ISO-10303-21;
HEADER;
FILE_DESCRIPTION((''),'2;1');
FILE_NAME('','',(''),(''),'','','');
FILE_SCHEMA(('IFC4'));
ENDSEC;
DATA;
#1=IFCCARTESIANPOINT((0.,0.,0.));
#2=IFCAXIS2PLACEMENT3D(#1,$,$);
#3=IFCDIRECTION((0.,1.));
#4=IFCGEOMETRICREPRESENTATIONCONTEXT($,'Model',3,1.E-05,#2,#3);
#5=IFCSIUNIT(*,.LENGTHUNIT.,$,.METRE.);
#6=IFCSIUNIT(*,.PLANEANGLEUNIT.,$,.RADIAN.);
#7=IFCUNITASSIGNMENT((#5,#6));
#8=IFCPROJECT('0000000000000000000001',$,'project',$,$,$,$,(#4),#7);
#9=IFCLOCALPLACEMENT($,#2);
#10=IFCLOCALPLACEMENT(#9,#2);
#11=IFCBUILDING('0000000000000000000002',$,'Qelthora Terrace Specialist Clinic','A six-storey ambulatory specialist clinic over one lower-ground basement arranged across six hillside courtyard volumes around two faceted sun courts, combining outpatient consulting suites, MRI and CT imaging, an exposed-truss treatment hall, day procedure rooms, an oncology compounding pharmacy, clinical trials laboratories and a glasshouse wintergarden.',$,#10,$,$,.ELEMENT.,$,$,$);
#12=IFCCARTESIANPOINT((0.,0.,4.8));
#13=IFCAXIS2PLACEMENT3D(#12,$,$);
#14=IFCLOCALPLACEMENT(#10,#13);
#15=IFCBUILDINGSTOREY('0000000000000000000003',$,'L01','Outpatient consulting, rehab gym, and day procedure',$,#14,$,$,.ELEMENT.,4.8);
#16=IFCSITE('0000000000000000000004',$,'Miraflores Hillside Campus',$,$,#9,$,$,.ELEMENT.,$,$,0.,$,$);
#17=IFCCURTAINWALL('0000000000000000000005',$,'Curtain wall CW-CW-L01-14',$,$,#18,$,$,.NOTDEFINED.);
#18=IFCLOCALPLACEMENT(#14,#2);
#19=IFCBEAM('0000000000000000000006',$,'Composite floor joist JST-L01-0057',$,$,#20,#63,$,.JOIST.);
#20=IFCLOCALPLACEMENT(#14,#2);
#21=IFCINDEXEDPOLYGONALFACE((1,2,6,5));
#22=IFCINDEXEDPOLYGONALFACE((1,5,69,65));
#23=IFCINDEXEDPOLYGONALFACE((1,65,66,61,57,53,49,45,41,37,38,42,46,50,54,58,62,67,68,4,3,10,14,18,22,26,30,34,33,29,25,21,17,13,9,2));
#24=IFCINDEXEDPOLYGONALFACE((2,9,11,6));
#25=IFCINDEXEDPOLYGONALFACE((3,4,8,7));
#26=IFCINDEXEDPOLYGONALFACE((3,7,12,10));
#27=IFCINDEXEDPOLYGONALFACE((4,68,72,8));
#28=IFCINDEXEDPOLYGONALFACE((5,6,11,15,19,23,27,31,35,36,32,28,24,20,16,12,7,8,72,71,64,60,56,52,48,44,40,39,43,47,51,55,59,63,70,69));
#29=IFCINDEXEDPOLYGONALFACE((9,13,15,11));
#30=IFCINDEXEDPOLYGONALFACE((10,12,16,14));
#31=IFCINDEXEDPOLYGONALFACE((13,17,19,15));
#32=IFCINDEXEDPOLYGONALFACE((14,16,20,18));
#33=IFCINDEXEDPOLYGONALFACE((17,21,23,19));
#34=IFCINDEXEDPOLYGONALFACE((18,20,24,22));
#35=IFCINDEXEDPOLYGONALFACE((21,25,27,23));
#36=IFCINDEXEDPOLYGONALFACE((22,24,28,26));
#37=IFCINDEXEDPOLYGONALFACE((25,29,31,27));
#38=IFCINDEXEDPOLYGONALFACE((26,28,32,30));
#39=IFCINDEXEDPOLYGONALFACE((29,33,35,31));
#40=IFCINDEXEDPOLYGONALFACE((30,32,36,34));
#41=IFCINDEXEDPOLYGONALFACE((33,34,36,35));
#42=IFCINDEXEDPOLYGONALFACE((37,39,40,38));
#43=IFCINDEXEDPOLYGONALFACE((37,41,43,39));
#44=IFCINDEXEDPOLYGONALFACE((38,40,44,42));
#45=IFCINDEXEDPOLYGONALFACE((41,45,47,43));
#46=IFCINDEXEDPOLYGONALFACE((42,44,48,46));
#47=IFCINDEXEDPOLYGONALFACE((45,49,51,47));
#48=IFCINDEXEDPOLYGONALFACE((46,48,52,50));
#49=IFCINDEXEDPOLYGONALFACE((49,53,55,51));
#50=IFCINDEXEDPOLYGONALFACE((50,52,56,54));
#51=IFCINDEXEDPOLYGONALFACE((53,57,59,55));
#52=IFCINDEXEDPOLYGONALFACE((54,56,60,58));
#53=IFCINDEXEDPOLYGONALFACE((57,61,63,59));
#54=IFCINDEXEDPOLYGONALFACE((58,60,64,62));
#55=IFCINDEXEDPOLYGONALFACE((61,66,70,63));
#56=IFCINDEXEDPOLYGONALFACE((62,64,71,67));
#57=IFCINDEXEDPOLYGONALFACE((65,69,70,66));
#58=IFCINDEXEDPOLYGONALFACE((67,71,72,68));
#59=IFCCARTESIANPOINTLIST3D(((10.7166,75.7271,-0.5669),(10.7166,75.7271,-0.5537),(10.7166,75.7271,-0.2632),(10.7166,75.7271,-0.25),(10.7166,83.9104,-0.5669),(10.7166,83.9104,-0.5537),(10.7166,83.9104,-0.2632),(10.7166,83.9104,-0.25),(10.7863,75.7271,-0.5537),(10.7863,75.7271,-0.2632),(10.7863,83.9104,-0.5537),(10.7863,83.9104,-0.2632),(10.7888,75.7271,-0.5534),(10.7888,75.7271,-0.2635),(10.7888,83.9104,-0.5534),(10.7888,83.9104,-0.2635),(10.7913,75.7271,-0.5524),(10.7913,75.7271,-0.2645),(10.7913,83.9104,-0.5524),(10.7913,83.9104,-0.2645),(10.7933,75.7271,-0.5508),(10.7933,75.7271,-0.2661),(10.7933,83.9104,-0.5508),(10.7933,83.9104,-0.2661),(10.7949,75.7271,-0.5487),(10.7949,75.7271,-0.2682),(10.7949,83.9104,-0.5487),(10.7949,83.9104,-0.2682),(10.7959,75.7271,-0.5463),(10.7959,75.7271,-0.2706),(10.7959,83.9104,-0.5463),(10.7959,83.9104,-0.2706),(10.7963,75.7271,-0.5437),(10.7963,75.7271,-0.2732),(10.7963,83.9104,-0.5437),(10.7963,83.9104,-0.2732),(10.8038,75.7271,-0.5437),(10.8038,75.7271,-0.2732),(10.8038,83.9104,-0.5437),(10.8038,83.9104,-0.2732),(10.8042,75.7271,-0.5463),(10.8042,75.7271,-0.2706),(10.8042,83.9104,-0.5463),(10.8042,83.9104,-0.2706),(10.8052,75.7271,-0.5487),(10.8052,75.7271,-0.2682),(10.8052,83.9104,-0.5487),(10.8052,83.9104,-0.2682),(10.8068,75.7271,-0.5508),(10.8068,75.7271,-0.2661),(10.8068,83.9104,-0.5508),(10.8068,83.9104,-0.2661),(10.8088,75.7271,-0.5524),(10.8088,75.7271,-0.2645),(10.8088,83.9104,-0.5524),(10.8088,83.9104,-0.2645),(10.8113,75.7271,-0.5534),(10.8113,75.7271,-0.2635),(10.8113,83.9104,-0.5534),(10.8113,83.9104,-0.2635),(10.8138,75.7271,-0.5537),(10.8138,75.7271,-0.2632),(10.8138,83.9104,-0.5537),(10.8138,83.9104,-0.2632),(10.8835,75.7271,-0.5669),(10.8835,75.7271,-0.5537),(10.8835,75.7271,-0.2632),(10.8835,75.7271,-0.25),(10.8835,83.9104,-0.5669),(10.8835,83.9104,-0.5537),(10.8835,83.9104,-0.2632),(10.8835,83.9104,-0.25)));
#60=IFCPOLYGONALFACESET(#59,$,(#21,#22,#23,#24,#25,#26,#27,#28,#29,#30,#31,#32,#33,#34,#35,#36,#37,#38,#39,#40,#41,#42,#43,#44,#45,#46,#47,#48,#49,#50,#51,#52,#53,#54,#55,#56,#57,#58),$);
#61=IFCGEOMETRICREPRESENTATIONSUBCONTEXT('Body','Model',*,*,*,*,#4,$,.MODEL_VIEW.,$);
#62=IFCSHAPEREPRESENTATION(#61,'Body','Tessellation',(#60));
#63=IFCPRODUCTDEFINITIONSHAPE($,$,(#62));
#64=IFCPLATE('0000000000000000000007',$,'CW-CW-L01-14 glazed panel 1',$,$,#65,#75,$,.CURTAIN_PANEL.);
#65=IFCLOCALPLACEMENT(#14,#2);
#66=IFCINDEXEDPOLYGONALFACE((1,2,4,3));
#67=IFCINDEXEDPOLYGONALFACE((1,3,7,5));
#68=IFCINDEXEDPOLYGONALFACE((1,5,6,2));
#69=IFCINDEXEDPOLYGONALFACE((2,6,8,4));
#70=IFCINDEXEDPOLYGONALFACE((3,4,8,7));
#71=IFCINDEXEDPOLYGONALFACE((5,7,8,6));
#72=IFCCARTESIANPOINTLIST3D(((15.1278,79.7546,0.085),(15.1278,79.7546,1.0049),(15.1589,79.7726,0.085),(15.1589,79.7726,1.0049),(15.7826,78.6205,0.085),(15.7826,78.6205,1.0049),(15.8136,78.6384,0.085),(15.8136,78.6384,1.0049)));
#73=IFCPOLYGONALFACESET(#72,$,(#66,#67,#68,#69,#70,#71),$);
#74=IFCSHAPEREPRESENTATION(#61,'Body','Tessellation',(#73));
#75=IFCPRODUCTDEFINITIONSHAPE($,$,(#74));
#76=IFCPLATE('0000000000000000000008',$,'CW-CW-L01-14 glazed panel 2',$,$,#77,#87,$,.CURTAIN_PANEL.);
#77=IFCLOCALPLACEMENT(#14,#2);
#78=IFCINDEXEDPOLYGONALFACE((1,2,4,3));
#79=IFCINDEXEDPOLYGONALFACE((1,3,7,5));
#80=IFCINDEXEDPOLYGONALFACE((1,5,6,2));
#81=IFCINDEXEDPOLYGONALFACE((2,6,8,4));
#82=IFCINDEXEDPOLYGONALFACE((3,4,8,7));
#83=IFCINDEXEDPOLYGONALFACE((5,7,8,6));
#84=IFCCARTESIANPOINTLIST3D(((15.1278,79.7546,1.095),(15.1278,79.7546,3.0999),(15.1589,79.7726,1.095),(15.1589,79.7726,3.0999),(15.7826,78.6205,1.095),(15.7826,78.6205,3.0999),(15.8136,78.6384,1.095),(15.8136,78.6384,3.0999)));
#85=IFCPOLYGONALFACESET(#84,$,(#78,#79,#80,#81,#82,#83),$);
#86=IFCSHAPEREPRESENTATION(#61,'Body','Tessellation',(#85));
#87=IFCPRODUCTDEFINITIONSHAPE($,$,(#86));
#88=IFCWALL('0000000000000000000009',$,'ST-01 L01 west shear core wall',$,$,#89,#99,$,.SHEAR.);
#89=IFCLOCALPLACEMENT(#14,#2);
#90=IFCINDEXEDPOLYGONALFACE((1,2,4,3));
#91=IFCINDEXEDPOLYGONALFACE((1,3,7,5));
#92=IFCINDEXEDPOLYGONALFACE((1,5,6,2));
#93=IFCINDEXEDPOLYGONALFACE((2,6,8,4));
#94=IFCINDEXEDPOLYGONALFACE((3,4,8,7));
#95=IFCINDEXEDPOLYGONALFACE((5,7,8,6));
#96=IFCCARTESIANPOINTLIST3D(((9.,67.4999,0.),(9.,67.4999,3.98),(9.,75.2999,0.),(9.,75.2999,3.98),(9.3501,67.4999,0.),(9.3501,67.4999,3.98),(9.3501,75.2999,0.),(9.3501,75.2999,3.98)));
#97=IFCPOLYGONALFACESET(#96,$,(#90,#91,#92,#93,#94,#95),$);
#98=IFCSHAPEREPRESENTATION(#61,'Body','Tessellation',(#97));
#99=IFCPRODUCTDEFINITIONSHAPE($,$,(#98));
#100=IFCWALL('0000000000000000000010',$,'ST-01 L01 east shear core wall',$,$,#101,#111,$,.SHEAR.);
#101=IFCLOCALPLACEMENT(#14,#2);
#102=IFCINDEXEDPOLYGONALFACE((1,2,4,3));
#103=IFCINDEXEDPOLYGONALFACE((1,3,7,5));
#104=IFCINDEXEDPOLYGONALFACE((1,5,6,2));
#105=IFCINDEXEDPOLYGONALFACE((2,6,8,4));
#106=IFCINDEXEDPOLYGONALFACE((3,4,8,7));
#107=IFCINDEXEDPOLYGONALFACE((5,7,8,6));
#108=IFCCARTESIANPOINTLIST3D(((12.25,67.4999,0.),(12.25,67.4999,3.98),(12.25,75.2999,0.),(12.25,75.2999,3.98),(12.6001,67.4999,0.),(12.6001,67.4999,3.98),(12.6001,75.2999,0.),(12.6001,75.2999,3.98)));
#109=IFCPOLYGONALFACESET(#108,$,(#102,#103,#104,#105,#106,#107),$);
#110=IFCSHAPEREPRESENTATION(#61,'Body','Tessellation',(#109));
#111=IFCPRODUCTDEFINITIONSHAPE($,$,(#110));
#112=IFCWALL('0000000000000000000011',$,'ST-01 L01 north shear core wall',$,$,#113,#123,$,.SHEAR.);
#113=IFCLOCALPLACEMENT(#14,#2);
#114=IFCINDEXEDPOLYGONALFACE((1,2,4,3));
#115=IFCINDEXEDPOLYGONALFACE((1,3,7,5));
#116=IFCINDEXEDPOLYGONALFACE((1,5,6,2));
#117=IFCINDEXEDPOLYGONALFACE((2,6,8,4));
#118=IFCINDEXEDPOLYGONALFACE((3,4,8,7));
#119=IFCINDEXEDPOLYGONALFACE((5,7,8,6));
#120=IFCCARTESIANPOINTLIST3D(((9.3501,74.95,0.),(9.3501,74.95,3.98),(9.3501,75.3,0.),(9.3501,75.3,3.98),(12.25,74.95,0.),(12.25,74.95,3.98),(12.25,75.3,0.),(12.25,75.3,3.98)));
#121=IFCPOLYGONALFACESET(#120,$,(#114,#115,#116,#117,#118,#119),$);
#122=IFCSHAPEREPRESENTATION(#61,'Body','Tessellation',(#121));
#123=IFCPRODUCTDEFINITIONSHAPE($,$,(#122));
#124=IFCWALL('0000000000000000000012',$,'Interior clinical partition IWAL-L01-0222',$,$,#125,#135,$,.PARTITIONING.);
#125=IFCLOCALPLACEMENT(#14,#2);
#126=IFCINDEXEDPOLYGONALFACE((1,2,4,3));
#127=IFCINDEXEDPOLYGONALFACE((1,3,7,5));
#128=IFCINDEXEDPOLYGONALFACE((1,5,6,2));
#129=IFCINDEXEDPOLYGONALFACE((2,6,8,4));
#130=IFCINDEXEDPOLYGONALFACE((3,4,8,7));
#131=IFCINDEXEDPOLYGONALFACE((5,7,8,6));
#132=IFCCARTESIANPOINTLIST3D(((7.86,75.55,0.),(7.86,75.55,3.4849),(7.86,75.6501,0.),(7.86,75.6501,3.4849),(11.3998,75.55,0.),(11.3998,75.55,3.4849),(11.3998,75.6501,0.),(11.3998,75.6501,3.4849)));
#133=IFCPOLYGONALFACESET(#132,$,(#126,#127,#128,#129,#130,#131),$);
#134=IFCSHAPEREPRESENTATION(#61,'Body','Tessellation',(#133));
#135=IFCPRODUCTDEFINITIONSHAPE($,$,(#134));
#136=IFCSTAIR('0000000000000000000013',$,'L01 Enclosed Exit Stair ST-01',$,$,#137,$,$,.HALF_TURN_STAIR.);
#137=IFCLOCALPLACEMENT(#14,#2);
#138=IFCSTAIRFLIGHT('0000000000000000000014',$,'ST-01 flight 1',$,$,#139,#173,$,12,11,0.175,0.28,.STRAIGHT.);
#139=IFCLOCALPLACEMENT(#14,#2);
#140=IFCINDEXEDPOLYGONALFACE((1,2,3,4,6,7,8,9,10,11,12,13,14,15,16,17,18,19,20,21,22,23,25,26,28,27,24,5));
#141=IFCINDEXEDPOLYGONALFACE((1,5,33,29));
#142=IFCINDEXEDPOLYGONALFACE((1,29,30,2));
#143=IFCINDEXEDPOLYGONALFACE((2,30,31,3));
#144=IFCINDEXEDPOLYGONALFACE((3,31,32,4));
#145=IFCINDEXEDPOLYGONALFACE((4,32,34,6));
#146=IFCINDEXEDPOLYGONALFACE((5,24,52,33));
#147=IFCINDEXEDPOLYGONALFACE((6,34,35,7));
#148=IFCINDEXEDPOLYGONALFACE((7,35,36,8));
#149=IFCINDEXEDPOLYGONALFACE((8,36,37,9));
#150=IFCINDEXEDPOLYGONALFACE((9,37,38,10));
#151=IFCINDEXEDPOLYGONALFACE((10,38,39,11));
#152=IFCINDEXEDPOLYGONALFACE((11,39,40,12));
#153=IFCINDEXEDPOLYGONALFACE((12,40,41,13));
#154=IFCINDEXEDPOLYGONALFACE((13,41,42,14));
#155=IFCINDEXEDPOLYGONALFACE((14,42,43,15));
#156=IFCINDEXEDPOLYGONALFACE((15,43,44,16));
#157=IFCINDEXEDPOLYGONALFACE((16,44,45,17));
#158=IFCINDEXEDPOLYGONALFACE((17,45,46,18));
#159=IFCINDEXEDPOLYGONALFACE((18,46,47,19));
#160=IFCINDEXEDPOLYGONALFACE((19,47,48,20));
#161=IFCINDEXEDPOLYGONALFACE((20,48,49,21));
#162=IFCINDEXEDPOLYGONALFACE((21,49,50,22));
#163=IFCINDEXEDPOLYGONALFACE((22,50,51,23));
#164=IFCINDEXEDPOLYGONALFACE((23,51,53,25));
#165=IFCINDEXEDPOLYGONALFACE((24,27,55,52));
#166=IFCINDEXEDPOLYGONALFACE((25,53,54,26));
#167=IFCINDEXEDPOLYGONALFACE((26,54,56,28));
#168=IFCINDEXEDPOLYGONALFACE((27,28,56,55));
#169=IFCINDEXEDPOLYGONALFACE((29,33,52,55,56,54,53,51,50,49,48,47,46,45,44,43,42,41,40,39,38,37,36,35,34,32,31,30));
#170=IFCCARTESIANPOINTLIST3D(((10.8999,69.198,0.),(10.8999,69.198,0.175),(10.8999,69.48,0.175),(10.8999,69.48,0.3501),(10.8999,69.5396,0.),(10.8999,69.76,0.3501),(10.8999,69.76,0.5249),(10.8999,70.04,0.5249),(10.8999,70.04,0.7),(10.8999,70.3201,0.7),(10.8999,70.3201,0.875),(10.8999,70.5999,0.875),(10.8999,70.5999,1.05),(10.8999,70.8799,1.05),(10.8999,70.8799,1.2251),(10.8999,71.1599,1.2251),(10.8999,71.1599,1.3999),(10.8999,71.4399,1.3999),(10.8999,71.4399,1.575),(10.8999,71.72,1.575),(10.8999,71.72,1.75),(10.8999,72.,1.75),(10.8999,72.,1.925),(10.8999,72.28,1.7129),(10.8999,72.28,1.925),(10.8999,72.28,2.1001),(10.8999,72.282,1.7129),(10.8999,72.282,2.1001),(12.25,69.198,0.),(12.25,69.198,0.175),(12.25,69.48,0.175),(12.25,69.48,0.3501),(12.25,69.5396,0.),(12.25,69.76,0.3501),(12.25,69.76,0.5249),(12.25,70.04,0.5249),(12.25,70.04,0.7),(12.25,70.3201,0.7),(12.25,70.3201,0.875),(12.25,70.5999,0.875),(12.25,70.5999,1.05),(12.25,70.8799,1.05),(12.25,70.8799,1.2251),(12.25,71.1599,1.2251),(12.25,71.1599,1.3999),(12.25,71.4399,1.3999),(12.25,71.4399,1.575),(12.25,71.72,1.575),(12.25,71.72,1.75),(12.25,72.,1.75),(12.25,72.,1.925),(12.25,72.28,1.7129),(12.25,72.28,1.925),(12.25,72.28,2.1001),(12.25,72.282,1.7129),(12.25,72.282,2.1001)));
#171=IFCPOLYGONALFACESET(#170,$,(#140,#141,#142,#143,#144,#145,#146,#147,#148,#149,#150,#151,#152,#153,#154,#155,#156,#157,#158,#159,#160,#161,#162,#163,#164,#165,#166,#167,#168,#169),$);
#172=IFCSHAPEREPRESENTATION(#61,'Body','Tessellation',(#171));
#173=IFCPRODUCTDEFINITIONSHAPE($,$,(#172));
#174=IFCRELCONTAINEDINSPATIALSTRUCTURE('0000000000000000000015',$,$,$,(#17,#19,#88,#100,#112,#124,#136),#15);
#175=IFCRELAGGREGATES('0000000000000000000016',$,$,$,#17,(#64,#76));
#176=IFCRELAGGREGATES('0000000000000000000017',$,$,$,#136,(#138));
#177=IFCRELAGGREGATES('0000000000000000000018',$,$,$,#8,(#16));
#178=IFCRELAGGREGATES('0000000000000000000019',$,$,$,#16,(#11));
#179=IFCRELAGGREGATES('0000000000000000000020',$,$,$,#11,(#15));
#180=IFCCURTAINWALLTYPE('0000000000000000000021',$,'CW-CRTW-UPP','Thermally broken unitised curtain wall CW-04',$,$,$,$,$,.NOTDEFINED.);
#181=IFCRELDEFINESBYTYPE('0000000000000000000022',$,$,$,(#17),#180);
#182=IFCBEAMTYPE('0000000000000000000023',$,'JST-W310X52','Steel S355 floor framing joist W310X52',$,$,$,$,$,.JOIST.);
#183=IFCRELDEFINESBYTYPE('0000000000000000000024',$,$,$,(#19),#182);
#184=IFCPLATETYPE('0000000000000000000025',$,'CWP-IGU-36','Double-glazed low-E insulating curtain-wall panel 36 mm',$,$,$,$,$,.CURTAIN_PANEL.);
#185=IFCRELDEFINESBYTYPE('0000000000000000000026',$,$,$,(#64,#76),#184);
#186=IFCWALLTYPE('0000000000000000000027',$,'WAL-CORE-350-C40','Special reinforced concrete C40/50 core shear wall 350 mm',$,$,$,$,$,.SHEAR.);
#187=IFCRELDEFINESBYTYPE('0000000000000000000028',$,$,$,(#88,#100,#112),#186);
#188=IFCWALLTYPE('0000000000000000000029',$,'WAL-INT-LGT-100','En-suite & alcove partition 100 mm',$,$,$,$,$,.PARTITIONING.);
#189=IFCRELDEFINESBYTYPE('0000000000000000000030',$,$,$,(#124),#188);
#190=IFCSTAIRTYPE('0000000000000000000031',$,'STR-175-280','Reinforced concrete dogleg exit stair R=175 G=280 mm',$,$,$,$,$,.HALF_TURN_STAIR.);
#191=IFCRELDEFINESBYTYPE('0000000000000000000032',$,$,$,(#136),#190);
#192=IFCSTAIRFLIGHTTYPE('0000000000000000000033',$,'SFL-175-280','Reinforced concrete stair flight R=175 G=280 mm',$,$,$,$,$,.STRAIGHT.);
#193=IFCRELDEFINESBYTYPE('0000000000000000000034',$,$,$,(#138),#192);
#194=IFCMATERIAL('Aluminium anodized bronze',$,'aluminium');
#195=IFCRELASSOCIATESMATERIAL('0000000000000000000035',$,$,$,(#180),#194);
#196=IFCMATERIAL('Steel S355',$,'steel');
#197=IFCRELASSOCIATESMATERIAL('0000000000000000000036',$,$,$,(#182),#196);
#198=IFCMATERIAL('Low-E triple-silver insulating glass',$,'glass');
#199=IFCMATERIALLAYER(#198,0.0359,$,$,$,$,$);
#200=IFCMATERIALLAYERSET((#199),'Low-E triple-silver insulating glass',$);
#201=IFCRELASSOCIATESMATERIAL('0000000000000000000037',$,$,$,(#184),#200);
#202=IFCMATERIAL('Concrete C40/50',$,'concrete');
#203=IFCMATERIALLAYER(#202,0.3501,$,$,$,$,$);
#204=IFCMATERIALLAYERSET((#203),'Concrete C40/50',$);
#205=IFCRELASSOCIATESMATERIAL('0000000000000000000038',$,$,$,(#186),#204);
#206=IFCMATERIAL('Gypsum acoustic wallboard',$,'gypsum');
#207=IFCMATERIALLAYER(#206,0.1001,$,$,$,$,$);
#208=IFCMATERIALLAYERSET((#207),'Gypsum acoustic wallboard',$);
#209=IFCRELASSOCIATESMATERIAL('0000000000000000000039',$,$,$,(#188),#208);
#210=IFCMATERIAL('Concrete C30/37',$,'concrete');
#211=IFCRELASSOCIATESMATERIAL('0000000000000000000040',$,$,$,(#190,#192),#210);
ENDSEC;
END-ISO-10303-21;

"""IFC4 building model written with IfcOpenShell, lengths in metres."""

from ifc_helpers import new_model, si_unit, direction, frame, frame_2d, origin, origin_2d, place, context, subcontext, project, spatial, polyline, rectangle, i_section, outline, extrude, material, layer, layer_set, material_profile, profile_set, type_object, element, aggregate, save


model = new_model("IFC4")

# Units and contexts
model_context = context("Model", 3, precision=1e-05, world=origin(), true_north=direction((0.0, 1.0)))
body_context = subcontext(model_context, "Body", "Model", "MODEL_VIEW")
ifc_project = project(units=[si_unit("LENGTHUNIT", "METRE"), si_unit("PLANEANGLEUNIT", "RADIAN")], contexts=[model_context])

# Site, building, storey
site_placement = place(None, origin())
site = spatial("IfcSite", under=ifc_project, at=site_placement, Name="Miraflores Hillside Campus", CompositionType="ELEMENT", RefElevation=0.0)
building_placement = place(site_placement, origin())
building = spatial("IfcBuilding", under=site, at=building_placement, Name="Qelthora Terrace Specialist Clinic", Description="A six-storey ambulatory specialist clinic over one lower-ground basement arranged across six hillside courtyard volumes around two faceted sun courts, combining outpatient consulting suites, MRI and CT imaging, an exposed-truss treatment hall, day procedure rooms, an oncology compounding pharmacy, clinical trials laboratories and a glasshouse wintergarden.", CompositionType="ELEMENT")
storey_placement = place(building_placement, frame((0.0, 0.0, 4.8)))
storey = spatial("IfcBuildingStorey", under=building, at=storey_placement, Name="L01", Description="Outpatient consulting, rehab gym, and day procedure", CompositionType="ELEMENT", Elevation=4.8)

# Shared definitions
ifc_material_1 = material(Name="Steel S355", Category="steel")

# Shared definitions
ifc_material_2 = material(Name="Aluminium anodized bronze", Category="aluminium")
curtain_wall_type = type_object("IfcCurtainWallType", Name="CW-CRTW-UPP", Description="Thermally broken unitised curtain wall CW-04", PredefinedType="NOTDEFINED", material=ifc_material_2)

# Curtain wall
curtain_wall_1_placement = place(storey_placement, origin())
curtain_wall_1 = element("IfcCurtainWall", 1, at=curtain_wall_1_placement, inside=storey, type_object=curtain_wall_type, Name="Curtain wall CW-CW-L01-14", PredefinedType="NOTDEFINED")

# Beam
ifc_material_profile_1 = material_profile(ifc_material_1, i_section(OverallWidth=0.167, OverallDepth=0.3169, WebThickness=0.0076, FlangeThickness=0.0132, FilletRadius=0.01, at=origin_2d()), Name="W310X52")
ifc_profile_set_1 = profile_set([ifc_material_profile_1], Name="Steel S355")
beam_type_1 = type_object("IfcBeamType", Name="JST-W310X52", Description="Steel S355 floor framing joist W310X52", PredefinedType="JOIST", material=ifc_profile_set_1)
beam_1_placement = place(storey_placement, frame((10.8, 75.7271, -0.4084), z_axis=(0.0, 1.0, 0.0), x_axis=(-1.0, 0.0, 0.0)))
element("IfcBeam", 2, at=beam_1_placement, inside=storey, type_object=beam_type_1, Name="Composite floor joist JST-L01-0057", PredefinedType="JOIST", context=body_context, shape_type="SweptSolid", body=[
    extrude(i_section(OverallWidth=0.167, OverallDepth=0.3169, WebThickness=0.0076, FlangeThickness=0.0132, FilletRadius=0.01, at=origin_2d()), origin(), (0.0, 0.0, 1.0), 8.1833),
])

# Plates
ifc_material_3 = material(Name="Low-E triple-silver insulating glass", Category="glass")
ifc_layer_1 = layer(ifc_material_3, 0.0359)
ifc_layer_set_1 = layer_set([ifc_layer_1], Name="Low-E triple-silver insulating glass")
plate_type = type_object("IfcPlateType", Name="CWP-IGU-36", Description="Double-glazed low-E insulating curtain-wall panel 36 mm", PredefinedType="CURTAIN_PANEL", material=ifc_layer_set_1)
plate_1_placement = place(storey_placement, frame((15.4707, 79.1965, 0.085), z_axis=(0.0, 0.0, 1.0), x_axis=(0.5, -0.866025, 0.0)))
plate_1 = element("IfcPlate", 3, at=plate_1_placement, type_object=plate_type, Name="CW-CW-L01-14 glazed panel 1", PredefinedType="CURTAIN_PANEL", context=body_context, shape_type="SweptSolid", body=[
    extrude(rectangle(XDim=1.3096, YDim=0.0359, at=origin_2d()), origin(), (0.0, 0.0, 1.0), 0.9199),
])
plate_2_placement = place(storey_placement, frame((15.4707, 79.1965, 1.095), z_axis=(0.0, 0.0, 1.0), x_axis=(0.5, -0.866025, 0.0)))
plate_2 = element("IfcPlate", 4, at=plate_2_placement, type_object=plate_type, Name="CW-CW-L01-14 glazed panel 2", PredefinedType="CURTAIN_PANEL", context=body_context, shape_type="SweptSolid", body=[
    extrude(rectangle(XDim=1.3096, YDim=0.0359, at=origin_2d()), origin(), (0.0, 0.0, 1.0), 2.0049),
])
aggregate(curtain_wall_1, [plate_1, plate_2])

# Walls
ifc_material_4 = material(Name="Concrete C40/50", Category="concrete")
ifc_layer_2 = layer(ifc_material_4, 0.3501)
ifc_layer_set_2 = layer_set([ifc_layer_2], Name="Concrete C40/50")
wall_type_1 = type_object("IfcWallType", Name="WAL-CORE-350-C40", Description="Special reinforced concrete C40/50 core shear wall 350 mm", PredefinedType="SHEAR", material=ifc_layer_set_2)
for number, where, z_axis, x_axis, name in (
    (5, (9.175, 67.5, 0.0), (0.0, 0.0, 1.0), (0.0, 1.0, 0.0), "ST-01 L01 west shear core wall"),
    (6, (12.425, 67.5, 0.0), (0.0, 0.0, 1.0), (0.0, 1.0, 0.0), "ST-01 L01 east shear core wall"),
):
    element("IfcWall", number, at=place(storey_placement, frame(where, z_axis=z_axis, x_axis=x_axis)), inside=storey, type_object=wall_type_1, Name=name, PredefinedType="SHEAR", context=body_context, shape_type="SweptSolid", body=[
        extrude(rectangle(XDim=7.8, YDim=0.3501, at=frame_2d((3.8999, 0.0))), origin(), (0.0, 0.0, 1.0), 3.98),
    ])
wall_1_placement = place(storey_placement, frame((9.3501, 75.125, 0.0), z_axis=(0.0, 0.0, 1.0), x_axis=(1.0, 0.0, 0.0)))
element("IfcWall", 7, at=wall_1_placement, inside=storey, type_object=wall_type_1, Name="ST-01 L01 north shear core wall", PredefinedType="SHEAR", context=body_context, shape_type="SweptSolid", body=[
    extrude(rectangle(XDim=2.8999, YDim=0.3501, at=frame_2d((1.45, 0.0))), origin(), (0.0, 0.0, 1.0), 3.98),
])

# Wall
ifc_material_5 = material(Name="Gypsum acoustic wallboard", Category="gypsum")
ifc_layer_3 = layer(ifc_material_5, 0.1001)
ifc_layer_set_3 = layer_set([ifc_layer_3], Name="Gypsum acoustic wallboard")
wall_type_2 = type_object("IfcWallType", Name="WAL-INT-LGT-100", Description="En-suite & alcove partition 100 mm", PredefinedType="PARTITIONING", material=ifc_layer_set_3)
wall_2_placement = place(storey_placement, frame((11.3999, 75.6001, 0.0), z_axis=(0.0, 0.0, 1.0), x_axis=(-1.0, 0.0, 0.0)))
element("IfcWall", 8, at=wall_2_placement, inside=storey, type_object=wall_type_2, Name="Interior clinical partition IWAL-L01-0222", PredefinedType="PARTITIONING", context=body_context, shape_type="SweptSolid", body=[
    extrude(rectangle(XDim=3.5398, YDim=0.1001, at=frame_2d((1.77, 0.0))), origin(), (0.0, 0.0, 1.0), 3.4849),
])

# Stair, stair flight
ifc_material_6 = material(Name="Concrete C30/37", Category="concrete")
stair_type = type_object("IfcStairType", Name="STR-175-280", Description="Reinforced concrete dogleg exit stair R=175 G=280 mm", PredefinedType="HALF_TURN_STAIR", material=ifc_material_6)
stair_placement = place(storey_placement, origin())
stair = element("IfcStair", 9, at=stair_placement, inside=storey, type_object=stair_type, Name="L01 Enclosed Exit Stair ST-01", PredefinedType="HALF_TURN_STAIR")
stair_flight_type = type_object("IfcStairFlightType", Name="SFL-175-280", Description="Reinforced concrete stair flight R=175 G=280 mm", PredefinedType="STRAIGHT", material=ifc_material_6)
stair_flight_1_placement = place(storey_placement, frame((11.575, 69.2, 0.0), z_axis=(0.0, 0.0, 1.0), x_axis=(0.0, 1.0, 0.0)))
stair_flight_1 = element("IfcStairFlight", 10, at=stair_flight_1_placement, type_object=stair_flight_type, Name="ST-01 flight 1", NumberOfRisers=12, NumberOfTreads=11, PredefinedType="STRAIGHT", RiserHeight=0.175, TreadLength=0.28, context=body_context, shape_type="SweptSolid", body=[
    extrude(outline(polyline([(-0.002, 0.0), (-0.002, 0.175), (0.28, 0.175), (0.28, 0.3501), (0.5601, 0.3501), (0.5601, 0.5249), (0.8401, 0.5249), (0.8401, 0.7), (1.1201, 0.7), (1.1201, 0.875), (1.3999, 0.875), (1.3999, 1.05), (1.6799, 1.05), (1.6799, 1.2251), (1.96, 1.2251), (1.96, 1.3999), (2.24, 1.3999), (2.24, 1.575), (2.52, 1.575), (2.52, 1.75), (2.8, 1.75), (2.8, 1.925), (3.0801, 1.925), (3.0801, 2.1001), (3.082, 2.1001), (3.082, 1.7129), (3.0801, 1.7129), (0.3396, 0.0), (-0.002, 0.0)])), frame((0.0, 0.675, 0.0), z_axis=(0.0, -1.0, 0.0), x_axis=(1.0, 0.0, 0.0)), (0.0, 0.0, 1.0), 1.3501),
])
aggregate(stair, [stair_flight_1])

save(model, "model.ifc")
